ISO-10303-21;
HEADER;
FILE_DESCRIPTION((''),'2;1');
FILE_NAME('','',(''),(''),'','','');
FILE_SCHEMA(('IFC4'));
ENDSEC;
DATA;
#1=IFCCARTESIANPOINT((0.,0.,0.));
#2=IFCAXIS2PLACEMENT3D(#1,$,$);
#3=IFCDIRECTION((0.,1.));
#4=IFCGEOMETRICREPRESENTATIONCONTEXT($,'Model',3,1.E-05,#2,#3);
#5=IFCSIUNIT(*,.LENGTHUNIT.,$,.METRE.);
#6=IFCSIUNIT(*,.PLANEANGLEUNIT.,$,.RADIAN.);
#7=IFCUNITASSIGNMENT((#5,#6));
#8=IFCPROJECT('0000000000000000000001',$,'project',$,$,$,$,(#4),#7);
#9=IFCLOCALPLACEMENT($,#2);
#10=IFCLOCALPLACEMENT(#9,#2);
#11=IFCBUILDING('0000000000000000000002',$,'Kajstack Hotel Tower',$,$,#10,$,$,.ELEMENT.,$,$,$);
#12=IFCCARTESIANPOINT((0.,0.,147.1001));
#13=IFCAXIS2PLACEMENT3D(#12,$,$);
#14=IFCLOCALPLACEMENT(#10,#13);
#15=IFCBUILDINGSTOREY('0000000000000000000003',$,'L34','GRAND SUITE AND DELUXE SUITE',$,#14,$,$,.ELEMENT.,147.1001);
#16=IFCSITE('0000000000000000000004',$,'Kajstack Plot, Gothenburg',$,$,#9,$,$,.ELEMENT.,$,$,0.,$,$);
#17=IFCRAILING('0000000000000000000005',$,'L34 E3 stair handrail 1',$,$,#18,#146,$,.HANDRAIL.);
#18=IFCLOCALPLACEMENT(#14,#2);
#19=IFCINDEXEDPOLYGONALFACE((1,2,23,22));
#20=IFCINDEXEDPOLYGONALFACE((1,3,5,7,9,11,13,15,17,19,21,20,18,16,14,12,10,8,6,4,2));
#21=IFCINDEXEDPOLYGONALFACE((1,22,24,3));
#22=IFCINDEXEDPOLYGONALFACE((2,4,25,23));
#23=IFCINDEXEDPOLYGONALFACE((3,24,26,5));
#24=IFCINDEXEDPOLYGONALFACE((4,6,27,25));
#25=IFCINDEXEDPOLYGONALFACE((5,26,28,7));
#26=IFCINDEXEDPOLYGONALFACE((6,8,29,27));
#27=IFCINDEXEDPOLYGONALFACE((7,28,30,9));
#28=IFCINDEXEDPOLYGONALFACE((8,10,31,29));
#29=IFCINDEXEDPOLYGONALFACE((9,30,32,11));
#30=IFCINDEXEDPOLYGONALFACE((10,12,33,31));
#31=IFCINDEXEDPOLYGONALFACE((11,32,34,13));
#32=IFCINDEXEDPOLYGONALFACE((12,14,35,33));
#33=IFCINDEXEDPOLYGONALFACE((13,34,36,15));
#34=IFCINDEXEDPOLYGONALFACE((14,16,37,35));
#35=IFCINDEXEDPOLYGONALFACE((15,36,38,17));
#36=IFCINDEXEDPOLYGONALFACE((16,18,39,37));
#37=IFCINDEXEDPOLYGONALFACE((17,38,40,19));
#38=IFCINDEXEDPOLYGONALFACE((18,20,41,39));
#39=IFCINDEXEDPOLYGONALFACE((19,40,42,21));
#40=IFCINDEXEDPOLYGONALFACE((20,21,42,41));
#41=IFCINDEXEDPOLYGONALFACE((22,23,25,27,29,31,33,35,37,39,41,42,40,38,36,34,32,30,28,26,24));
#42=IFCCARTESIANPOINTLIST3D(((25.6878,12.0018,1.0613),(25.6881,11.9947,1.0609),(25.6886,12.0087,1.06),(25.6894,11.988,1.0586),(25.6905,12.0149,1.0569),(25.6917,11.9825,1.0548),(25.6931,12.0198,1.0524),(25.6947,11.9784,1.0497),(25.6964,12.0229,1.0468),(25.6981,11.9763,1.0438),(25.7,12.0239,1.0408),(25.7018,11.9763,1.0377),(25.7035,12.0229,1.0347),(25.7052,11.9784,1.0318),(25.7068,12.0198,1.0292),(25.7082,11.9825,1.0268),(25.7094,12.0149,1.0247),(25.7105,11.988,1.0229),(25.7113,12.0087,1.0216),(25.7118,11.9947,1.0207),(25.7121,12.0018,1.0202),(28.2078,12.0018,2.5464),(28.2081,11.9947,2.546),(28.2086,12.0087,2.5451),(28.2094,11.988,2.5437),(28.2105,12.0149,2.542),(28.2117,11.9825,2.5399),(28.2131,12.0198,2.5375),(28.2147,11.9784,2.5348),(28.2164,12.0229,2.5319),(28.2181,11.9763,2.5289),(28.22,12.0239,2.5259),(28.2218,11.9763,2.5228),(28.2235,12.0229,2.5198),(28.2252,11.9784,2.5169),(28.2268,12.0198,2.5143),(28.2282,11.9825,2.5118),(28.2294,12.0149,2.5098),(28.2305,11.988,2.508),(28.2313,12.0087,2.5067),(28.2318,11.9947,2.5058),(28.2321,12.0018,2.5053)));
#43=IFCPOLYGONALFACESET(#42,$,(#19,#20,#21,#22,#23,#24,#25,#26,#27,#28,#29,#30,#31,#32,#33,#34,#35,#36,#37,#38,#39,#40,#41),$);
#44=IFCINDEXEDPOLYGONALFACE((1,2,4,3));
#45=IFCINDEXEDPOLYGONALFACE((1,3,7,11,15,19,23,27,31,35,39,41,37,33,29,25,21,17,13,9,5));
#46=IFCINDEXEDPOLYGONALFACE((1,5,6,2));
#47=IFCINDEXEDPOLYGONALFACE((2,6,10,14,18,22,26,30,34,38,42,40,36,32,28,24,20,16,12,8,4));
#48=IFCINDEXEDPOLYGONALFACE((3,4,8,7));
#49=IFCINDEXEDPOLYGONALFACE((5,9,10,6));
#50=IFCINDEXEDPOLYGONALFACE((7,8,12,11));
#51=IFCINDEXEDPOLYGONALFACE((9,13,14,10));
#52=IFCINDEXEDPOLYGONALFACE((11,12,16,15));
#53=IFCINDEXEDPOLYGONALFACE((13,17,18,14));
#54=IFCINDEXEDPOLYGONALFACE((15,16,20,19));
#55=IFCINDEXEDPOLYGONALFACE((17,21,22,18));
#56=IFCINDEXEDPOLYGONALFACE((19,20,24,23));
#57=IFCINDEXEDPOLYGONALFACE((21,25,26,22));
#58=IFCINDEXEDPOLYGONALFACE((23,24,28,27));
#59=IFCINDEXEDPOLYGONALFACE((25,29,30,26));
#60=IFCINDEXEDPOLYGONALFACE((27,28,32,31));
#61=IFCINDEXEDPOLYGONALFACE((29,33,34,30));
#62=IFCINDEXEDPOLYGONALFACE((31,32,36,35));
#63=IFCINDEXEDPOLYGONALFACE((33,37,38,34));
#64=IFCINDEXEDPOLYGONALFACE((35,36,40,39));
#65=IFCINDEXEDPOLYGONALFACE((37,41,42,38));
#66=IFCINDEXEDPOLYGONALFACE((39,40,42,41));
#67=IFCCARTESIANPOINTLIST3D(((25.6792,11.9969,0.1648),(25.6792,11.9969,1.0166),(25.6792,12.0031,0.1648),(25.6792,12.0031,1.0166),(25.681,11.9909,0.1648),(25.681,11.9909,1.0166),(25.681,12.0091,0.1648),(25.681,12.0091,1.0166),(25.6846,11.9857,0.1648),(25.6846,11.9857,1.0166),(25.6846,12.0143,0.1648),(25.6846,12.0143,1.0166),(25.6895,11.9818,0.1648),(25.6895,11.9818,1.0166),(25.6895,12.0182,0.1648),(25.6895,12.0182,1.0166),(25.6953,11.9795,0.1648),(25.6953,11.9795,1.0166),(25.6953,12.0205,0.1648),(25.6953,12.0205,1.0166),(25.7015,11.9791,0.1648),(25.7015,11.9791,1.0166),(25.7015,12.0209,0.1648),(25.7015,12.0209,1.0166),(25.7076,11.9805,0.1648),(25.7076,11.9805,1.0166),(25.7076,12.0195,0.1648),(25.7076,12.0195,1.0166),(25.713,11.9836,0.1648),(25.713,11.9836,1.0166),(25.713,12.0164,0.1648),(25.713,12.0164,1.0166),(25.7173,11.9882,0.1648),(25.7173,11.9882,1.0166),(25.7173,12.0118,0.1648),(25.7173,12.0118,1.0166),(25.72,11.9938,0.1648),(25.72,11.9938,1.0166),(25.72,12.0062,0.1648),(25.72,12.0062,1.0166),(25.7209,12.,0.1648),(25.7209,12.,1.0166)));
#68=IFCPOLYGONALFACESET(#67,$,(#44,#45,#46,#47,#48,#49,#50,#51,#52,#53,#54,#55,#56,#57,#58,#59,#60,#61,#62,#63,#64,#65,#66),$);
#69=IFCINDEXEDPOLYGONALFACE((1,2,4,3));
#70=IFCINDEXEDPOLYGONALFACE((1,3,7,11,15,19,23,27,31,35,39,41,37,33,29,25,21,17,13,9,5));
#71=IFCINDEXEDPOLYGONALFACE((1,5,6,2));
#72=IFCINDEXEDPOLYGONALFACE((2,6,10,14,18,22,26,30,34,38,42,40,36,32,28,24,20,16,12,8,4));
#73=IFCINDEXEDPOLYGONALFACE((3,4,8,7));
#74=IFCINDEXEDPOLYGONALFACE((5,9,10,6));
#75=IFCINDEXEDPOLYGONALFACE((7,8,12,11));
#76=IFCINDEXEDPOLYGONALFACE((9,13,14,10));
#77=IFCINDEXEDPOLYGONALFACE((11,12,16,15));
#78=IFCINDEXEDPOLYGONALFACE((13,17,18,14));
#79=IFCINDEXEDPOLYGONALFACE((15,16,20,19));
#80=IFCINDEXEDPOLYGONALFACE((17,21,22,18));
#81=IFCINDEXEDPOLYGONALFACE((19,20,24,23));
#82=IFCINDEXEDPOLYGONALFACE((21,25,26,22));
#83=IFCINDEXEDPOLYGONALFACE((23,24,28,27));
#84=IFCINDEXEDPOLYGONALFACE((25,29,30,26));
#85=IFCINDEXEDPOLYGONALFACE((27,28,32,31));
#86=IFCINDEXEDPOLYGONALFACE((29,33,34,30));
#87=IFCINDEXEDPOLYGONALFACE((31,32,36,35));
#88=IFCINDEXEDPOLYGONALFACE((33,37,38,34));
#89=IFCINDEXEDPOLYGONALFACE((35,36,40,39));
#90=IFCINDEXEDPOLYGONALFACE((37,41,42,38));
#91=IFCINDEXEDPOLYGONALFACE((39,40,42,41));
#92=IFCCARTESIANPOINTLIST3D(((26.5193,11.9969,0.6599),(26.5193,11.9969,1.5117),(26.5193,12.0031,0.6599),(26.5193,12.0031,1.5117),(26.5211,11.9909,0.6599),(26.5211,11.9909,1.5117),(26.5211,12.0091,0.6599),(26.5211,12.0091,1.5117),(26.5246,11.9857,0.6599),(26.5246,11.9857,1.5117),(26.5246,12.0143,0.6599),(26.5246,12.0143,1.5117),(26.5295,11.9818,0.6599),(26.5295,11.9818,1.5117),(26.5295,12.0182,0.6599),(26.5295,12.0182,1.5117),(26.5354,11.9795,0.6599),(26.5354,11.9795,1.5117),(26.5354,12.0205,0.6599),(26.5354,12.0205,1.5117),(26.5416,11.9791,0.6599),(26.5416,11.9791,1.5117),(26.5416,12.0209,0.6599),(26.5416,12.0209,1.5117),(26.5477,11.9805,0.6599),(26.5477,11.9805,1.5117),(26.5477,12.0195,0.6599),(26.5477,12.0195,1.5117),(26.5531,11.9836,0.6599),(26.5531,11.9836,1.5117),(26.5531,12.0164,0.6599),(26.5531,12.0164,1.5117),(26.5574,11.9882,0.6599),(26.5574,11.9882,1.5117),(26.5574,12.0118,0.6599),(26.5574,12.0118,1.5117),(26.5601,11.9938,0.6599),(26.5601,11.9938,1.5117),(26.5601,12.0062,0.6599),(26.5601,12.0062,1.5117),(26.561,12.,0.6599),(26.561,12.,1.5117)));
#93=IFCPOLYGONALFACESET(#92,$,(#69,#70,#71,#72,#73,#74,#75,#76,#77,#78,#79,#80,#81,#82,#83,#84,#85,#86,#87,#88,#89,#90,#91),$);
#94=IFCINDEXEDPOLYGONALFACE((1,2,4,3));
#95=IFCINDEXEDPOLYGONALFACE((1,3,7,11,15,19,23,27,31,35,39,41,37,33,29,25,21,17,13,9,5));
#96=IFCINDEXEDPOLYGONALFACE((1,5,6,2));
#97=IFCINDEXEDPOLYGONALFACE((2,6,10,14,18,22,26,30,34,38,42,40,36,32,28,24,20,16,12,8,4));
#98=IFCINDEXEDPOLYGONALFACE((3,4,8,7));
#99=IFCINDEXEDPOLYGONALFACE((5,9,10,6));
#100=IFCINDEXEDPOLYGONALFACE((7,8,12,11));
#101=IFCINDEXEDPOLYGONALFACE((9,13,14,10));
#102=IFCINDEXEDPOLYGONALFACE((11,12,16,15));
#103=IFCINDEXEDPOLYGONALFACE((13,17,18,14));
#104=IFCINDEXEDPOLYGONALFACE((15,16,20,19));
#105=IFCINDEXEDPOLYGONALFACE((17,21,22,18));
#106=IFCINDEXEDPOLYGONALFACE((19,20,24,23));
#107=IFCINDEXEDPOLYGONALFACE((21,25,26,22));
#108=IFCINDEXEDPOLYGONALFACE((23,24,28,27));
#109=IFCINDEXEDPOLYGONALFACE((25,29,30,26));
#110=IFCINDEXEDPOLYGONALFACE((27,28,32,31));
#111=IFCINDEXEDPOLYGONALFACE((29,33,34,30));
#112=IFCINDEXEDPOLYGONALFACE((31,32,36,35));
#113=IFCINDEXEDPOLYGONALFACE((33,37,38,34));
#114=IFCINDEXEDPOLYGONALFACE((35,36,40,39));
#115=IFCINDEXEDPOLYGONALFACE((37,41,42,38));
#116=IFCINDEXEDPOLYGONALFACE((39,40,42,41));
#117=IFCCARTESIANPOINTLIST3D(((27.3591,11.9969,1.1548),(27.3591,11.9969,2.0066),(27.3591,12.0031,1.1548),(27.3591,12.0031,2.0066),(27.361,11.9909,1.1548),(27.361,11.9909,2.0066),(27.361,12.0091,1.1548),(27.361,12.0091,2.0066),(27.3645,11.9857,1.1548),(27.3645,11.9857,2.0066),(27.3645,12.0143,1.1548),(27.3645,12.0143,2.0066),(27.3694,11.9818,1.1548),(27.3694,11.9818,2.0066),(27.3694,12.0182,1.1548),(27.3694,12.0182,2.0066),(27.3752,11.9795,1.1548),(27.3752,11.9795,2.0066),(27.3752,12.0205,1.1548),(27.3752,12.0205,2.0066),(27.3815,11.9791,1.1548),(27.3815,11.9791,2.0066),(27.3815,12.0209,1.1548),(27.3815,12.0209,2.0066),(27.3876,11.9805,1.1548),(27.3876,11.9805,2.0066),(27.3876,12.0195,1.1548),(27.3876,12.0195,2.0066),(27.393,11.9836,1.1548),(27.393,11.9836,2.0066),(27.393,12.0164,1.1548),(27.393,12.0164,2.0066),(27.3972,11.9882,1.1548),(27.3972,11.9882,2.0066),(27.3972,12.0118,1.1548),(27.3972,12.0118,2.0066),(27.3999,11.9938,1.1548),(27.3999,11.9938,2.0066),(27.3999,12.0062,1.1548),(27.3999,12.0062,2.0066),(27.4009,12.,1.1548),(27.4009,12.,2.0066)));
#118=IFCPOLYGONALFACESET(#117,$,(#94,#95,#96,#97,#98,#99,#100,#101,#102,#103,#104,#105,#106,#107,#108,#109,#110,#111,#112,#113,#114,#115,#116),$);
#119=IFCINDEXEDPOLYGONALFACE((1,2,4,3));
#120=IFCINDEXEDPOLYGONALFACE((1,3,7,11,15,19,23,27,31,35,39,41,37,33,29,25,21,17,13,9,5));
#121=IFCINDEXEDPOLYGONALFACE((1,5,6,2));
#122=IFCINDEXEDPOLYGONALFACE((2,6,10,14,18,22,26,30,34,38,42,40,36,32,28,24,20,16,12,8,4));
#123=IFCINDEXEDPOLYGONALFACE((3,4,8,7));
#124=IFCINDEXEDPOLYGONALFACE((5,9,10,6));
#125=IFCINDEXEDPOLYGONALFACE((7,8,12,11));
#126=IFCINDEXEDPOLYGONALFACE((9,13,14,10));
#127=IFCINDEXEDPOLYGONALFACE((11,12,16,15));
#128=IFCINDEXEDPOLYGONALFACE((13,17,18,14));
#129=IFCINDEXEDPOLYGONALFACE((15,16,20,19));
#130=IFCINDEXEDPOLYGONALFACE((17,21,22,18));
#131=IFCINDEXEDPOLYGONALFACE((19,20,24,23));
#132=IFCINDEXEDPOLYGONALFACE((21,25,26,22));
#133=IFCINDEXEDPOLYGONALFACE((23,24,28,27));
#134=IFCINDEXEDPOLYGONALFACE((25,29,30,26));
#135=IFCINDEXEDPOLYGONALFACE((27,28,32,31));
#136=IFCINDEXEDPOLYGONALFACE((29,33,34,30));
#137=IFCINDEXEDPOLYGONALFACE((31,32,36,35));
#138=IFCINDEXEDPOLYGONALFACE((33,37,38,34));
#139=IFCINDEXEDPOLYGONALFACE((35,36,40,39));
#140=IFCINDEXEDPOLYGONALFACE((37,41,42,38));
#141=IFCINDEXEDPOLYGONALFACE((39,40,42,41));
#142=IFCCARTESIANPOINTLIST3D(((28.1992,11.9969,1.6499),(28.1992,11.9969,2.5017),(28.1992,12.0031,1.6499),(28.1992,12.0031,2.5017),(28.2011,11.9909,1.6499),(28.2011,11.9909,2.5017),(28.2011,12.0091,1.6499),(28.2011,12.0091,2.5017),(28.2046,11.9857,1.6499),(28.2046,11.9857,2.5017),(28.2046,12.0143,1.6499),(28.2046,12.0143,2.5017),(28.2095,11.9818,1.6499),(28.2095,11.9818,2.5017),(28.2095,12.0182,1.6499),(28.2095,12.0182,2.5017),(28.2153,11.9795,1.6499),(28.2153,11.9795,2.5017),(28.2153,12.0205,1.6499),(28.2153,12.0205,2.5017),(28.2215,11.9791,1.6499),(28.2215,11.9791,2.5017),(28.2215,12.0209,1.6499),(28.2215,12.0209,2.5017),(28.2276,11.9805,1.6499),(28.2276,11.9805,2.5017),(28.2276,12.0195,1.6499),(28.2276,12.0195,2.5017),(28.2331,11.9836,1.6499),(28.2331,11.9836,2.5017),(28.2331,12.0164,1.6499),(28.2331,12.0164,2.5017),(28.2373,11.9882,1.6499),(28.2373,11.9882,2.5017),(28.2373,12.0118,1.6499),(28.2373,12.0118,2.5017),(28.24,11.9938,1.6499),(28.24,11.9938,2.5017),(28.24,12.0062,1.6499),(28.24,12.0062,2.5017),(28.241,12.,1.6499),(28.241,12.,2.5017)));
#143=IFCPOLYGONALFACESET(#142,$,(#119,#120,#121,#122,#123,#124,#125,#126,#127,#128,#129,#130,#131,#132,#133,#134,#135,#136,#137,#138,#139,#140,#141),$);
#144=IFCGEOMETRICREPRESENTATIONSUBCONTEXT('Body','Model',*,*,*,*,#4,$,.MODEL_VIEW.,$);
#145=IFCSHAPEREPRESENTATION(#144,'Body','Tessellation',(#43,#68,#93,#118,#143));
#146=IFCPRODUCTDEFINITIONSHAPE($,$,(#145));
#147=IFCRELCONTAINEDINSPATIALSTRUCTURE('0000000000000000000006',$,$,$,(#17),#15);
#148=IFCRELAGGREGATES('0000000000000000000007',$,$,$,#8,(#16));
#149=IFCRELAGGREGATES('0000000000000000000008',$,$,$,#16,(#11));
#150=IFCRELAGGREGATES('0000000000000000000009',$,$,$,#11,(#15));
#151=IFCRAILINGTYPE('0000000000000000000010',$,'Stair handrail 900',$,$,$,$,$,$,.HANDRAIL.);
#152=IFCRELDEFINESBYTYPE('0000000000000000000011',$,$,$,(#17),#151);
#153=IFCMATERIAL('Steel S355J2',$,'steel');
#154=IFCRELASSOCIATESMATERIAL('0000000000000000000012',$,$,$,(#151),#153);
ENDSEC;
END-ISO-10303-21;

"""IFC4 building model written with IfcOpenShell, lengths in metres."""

from ifc_helpers import new_model, si_unit, direction, frame, origin, origin_2d, place, context, subcontext, project, spatial, circle, extrude, material, type_object, element, save


model = new_model("IFC4")

# Units and contexts
model_context = context("Model", 3, precision=1e-05, world=origin(), true_north=direction((0.0, 1.0)))
body_context = subcontext(model_context, "Body", "Model", "MODEL_VIEW")
ifc_project = project(units=[si_unit("LENGTHUNIT", "METRE"), si_unit("PLANEANGLEUNIT", "RADIAN")], contexts=[model_context])

# Site, building, storey
site_placement = place(None, origin())
site = spatial("IfcSite", under=ifc_project, at=site_placement, Name="Kajstack Plot, Gothenburg", CompositionType="ELEMENT", RefElevation=0.0)
building_placement = place(site_placement, origin())
building = spatial("IfcBuilding", under=site, at=building_placement, Name="Kajstack Hotel Tower", CompositionType="ELEMENT")
storey_placement = place(building_placement, frame((0.0, 0.0, 147.1001)))
storey = spatial("IfcBuildingStorey", under=building, at=storey_placement, Name="L34", Description="GRAND SUITE AND DELUXE SUITE", CompositionType="ELEMENT", Elevation=147.1001)

# Railing
ifc_material_1 = material(Name="Steel S355J2", Category="steel")
railing_type_1 = type_object("IfcRailingType", Name="Stair handrail 900", PredefinedType="HANDRAIL", material=ifc_material_1)
railing_1_placement = place(storey_placement, frame((25.7, 12.0, 0.1648)))
element("IfcRailing", 1, at=railing_1_placement, inside=storey, type_object=railing_type_1, Name="L34 E3 stair handrail 1", PredefinedType="HANDRAIL", context=body_context, shape_type="SweptSolid", body=[
    extrude(circle(Radius=0.0239, at=origin_2d()), frame((0.0, 0.0, 0.876), z_axis=(0.861524, 0.0, 0.507717), x_axis=(0.0, 1.0, 0.0)), (0.0, 0.0, 1.0), 2.925),
    extrude(circle(Radius=0.021, at=origin_2d()), origin(), (0.0, 0.0, 1.0), 0.8518),
    extrude(circle(Radius=0.021, at=origin_2d()), frame((0.8401, 0.0, 0.4951)), (0.0, 0.0, 1.0), 0.8518),
    extrude(circle(Radius=0.021, at=origin_2d()), frame((1.6799, 0.0, 0.99)), (0.0, 0.0, 1.0), 0.8518),
    extrude(circle(Radius=0.021, at=origin_2d()), frame((2.52, 0.0, 1.4851)), (0.0, 0.0, 1.0), 0.8518),
])

save(model, "model.ifc")
